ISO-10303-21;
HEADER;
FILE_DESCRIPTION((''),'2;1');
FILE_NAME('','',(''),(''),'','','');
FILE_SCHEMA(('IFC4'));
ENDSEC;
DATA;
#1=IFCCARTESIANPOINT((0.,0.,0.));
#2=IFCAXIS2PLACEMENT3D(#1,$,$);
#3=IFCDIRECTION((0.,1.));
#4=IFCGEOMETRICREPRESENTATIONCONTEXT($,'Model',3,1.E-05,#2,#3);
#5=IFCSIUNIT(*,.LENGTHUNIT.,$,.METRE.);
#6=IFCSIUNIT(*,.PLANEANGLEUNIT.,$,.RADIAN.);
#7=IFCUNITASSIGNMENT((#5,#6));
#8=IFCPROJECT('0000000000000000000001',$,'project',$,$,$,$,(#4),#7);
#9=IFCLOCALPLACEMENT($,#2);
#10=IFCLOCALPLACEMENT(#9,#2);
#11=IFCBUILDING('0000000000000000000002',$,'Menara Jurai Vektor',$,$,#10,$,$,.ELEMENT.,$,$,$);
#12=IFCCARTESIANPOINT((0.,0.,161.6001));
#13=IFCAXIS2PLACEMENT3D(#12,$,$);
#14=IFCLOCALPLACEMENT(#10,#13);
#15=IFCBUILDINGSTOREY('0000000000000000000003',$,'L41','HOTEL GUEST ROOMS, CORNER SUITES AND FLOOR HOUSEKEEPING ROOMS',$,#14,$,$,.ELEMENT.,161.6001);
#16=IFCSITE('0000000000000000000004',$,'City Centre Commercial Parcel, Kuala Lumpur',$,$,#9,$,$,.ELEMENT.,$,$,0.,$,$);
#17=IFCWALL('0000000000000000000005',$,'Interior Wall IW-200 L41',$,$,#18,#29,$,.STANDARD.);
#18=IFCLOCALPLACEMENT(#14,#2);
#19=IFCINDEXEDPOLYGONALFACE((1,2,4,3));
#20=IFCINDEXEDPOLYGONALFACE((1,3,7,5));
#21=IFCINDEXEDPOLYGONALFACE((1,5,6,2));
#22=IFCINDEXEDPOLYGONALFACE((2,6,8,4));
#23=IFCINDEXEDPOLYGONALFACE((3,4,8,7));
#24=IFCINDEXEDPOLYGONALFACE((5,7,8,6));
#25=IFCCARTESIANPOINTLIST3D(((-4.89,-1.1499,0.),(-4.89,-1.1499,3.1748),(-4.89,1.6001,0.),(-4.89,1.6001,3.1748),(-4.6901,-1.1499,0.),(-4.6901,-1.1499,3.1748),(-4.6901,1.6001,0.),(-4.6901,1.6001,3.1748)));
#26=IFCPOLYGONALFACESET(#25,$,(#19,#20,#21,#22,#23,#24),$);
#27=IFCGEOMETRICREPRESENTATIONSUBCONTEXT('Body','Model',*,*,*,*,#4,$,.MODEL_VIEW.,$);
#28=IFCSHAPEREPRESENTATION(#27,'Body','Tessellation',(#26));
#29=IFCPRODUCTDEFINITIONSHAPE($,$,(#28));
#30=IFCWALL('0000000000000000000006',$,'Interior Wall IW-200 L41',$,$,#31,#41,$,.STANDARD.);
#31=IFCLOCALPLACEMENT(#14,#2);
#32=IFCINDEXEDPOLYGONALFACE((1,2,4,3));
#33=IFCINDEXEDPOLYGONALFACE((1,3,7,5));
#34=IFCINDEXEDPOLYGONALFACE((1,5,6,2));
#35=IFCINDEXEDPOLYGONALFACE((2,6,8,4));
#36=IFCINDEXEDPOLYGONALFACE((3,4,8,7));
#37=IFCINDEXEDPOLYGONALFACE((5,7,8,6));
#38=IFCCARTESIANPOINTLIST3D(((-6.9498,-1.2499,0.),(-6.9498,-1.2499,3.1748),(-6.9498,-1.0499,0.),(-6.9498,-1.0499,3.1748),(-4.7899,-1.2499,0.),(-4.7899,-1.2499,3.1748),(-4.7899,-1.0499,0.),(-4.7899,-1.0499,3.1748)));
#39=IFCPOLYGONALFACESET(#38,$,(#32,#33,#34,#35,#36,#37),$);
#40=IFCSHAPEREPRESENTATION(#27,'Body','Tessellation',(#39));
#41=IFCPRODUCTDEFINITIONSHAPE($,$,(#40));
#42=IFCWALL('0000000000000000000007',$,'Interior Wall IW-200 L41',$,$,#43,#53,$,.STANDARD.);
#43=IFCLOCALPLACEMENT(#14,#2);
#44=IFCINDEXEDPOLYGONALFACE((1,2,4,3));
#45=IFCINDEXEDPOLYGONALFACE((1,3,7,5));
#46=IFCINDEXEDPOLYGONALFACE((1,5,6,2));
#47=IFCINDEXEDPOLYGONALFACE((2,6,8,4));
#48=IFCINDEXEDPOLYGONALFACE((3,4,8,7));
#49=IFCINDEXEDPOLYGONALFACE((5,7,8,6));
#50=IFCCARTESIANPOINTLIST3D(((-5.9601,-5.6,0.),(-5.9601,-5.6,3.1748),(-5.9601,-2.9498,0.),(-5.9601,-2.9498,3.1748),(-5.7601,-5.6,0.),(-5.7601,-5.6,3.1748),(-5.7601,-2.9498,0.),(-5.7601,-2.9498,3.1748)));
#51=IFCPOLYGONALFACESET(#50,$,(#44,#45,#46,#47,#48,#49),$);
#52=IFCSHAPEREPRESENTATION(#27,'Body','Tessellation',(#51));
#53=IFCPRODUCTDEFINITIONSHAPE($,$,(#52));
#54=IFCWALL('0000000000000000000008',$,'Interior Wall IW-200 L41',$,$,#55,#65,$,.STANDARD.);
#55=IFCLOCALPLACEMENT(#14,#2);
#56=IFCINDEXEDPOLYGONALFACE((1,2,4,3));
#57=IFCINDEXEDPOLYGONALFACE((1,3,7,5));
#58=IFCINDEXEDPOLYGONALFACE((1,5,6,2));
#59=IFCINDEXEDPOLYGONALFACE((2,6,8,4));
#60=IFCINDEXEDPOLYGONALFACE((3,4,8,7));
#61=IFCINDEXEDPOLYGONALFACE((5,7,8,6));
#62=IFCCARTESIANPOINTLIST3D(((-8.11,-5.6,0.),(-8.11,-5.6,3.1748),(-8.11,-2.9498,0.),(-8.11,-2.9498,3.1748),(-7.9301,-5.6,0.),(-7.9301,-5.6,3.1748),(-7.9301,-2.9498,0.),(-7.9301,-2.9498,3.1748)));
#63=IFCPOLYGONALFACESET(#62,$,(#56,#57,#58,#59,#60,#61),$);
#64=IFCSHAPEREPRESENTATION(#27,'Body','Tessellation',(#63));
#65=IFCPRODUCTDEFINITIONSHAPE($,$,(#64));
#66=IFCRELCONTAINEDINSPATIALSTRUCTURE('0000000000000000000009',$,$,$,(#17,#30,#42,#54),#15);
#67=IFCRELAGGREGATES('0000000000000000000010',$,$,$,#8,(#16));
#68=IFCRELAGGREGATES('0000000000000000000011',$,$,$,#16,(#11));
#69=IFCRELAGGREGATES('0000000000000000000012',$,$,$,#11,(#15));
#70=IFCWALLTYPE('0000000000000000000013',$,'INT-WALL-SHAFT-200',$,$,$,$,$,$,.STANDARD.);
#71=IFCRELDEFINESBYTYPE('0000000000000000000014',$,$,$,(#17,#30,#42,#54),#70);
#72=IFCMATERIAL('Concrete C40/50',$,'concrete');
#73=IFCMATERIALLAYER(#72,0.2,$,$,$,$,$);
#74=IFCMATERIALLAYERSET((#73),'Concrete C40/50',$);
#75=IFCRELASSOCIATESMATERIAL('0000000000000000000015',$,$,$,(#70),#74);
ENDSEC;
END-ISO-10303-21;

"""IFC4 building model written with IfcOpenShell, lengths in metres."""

from ifc_helpers import new_model, si_unit, direction, frame, frame_2d, origin, place, context, subcontext, project, spatial, rectangle, extrude, material, layer, layer_set, type_object, element, save


model = new_model("IFC4")

# Units and contexts
model_context = context("Model", 3, precision=1e-05, world=origin(), true_north=direction((0.0, 1.0)))
body_context = subcontext(model_context, "Body", "Model", "MODEL_VIEW")
ifc_project = project(units=[si_unit("LENGTHUNIT", "METRE"), si_unit("PLANEANGLEUNIT", "RADIAN")], contexts=[model_context])

# Site, building, storey
site_placement = place(None, origin())
site = spatial("IfcSite", under=ifc_project, at=site_placement, Name="City Centre Commercial Parcel, Kuala Lumpur", CompositionType="ELEMENT", RefElevation=0.0)
building_placement = place(site_placement, origin())
building = spatial("IfcBuilding", under=site, at=building_placement, Name="Menara Jurai Vektor", CompositionType="ELEMENT")
storey_placement = place(building_placement, frame((0.0, 0.0, 161.6001)))
storey = spatial("IfcBuildingStorey", under=building, at=storey_placement, Name="L41", Description="HOTEL GUEST ROOMS, CORNER SUITES AND FLOOR HOUSEKEEPING ROOMS", CompositionType="ELEMENT", Elevation=161.6001)

# Shared definitions
ifc_material_1 = material(Name="Concrete C40/50", Category="concrete")
ifc_layer_1 = layer(ifc_material_1, 0.2)
ifc_layer_set_1 = layer_set([ifc_layer_1], Name="Concrete C40/50")
wall_type_1 = type_object("IfcWallType", Name="INT-WALL-SHAFT-200", PredefinedType="STANDARD", material=ifc_layer_set_1)

# Walls
wall_1_placement = place(storey_placement, frame((-4.79, -1.1499, 0.0), z_axis=(0.0, 0.0, 1.0), x_axis=(0.0, 1.0, 0.0)))
element("IfcWall", 1, at=wall_1_placement, inside=storey, type_object=wall_type_1, Name="Interior Wall IW-200 L41", PredefinedType="STANDARD", context=body_context, shape_type="SweptSolid", body=[
    extrude(rectangle(XDim=2.75, YDim=0.2, at=frame_2d((1.375, 0.0))), origin(), (0.0, 0.0, 1.0), 3.1748),
])
wall_2_placement = place(storey_placement, frame((-6.95, -1.1499, 0.0), z_axis=(0.0, 0.0, 1.0), x_axis=(1.0, 0.0, 0.0)))
element("IfcWall", 2, at=wall_2_placement, inside=storey, type_object=wall_type_1, Name="Interior Wall IW-200 L41", PredefinedType="STANDARD", context=body_context, shape_type="SweptSolid", body=[
    extrude(rectangle(XDim=2.1599, YDim=0.2, at=frame_2d((1.0801, 0.0))), origin(), (0.0, 0.0, 1.0), 3.1748),
])
wall_3_placement = place(storey_placement, frame((-5.8601, -5.6001, 0.0), z_axis=(0.0, 0.0, 1.0), x_axis=(0.0, 1.0, 0.0)))
element("IfcWall", 3, at=wall_3_placement, inside=storey, type_object=wall_type_1, Name="Interior Wall IW-200 L41", PredefinedType="STANDARD", context=body_context, shape_type="SweptSolid", body=[
    extrude(rectangle(XDim=2.6501, YDim=0.2, at=frame_2d((1.3252, 0.0))), origin(), (0.0, 0.0, 1.0), 3.1748),
])
wall_4_placement = place(storey_placement, frame((-8.02, -5.6001, 0.0), z_axis=(0.0, 0.0, 1.0), x_axis=(0.0, 1.0, 0.0)))
element("IfcWall", 4, at=wall_4_placement, inside=storey, type_object=wall_type_1, Name="Interior Wall IW-200 L41", PredefinedType="STANDARD", context=body_context, shape_type="SweptSolid", body=[
    extrude(rectangle(XDim=2.6501, YDim=0.1799, at=frame_2d((1.3252, 0.0))), origin(), (0.0, 0.0, 1.0), 3.1748),
])

save(model, "model.ifc")
